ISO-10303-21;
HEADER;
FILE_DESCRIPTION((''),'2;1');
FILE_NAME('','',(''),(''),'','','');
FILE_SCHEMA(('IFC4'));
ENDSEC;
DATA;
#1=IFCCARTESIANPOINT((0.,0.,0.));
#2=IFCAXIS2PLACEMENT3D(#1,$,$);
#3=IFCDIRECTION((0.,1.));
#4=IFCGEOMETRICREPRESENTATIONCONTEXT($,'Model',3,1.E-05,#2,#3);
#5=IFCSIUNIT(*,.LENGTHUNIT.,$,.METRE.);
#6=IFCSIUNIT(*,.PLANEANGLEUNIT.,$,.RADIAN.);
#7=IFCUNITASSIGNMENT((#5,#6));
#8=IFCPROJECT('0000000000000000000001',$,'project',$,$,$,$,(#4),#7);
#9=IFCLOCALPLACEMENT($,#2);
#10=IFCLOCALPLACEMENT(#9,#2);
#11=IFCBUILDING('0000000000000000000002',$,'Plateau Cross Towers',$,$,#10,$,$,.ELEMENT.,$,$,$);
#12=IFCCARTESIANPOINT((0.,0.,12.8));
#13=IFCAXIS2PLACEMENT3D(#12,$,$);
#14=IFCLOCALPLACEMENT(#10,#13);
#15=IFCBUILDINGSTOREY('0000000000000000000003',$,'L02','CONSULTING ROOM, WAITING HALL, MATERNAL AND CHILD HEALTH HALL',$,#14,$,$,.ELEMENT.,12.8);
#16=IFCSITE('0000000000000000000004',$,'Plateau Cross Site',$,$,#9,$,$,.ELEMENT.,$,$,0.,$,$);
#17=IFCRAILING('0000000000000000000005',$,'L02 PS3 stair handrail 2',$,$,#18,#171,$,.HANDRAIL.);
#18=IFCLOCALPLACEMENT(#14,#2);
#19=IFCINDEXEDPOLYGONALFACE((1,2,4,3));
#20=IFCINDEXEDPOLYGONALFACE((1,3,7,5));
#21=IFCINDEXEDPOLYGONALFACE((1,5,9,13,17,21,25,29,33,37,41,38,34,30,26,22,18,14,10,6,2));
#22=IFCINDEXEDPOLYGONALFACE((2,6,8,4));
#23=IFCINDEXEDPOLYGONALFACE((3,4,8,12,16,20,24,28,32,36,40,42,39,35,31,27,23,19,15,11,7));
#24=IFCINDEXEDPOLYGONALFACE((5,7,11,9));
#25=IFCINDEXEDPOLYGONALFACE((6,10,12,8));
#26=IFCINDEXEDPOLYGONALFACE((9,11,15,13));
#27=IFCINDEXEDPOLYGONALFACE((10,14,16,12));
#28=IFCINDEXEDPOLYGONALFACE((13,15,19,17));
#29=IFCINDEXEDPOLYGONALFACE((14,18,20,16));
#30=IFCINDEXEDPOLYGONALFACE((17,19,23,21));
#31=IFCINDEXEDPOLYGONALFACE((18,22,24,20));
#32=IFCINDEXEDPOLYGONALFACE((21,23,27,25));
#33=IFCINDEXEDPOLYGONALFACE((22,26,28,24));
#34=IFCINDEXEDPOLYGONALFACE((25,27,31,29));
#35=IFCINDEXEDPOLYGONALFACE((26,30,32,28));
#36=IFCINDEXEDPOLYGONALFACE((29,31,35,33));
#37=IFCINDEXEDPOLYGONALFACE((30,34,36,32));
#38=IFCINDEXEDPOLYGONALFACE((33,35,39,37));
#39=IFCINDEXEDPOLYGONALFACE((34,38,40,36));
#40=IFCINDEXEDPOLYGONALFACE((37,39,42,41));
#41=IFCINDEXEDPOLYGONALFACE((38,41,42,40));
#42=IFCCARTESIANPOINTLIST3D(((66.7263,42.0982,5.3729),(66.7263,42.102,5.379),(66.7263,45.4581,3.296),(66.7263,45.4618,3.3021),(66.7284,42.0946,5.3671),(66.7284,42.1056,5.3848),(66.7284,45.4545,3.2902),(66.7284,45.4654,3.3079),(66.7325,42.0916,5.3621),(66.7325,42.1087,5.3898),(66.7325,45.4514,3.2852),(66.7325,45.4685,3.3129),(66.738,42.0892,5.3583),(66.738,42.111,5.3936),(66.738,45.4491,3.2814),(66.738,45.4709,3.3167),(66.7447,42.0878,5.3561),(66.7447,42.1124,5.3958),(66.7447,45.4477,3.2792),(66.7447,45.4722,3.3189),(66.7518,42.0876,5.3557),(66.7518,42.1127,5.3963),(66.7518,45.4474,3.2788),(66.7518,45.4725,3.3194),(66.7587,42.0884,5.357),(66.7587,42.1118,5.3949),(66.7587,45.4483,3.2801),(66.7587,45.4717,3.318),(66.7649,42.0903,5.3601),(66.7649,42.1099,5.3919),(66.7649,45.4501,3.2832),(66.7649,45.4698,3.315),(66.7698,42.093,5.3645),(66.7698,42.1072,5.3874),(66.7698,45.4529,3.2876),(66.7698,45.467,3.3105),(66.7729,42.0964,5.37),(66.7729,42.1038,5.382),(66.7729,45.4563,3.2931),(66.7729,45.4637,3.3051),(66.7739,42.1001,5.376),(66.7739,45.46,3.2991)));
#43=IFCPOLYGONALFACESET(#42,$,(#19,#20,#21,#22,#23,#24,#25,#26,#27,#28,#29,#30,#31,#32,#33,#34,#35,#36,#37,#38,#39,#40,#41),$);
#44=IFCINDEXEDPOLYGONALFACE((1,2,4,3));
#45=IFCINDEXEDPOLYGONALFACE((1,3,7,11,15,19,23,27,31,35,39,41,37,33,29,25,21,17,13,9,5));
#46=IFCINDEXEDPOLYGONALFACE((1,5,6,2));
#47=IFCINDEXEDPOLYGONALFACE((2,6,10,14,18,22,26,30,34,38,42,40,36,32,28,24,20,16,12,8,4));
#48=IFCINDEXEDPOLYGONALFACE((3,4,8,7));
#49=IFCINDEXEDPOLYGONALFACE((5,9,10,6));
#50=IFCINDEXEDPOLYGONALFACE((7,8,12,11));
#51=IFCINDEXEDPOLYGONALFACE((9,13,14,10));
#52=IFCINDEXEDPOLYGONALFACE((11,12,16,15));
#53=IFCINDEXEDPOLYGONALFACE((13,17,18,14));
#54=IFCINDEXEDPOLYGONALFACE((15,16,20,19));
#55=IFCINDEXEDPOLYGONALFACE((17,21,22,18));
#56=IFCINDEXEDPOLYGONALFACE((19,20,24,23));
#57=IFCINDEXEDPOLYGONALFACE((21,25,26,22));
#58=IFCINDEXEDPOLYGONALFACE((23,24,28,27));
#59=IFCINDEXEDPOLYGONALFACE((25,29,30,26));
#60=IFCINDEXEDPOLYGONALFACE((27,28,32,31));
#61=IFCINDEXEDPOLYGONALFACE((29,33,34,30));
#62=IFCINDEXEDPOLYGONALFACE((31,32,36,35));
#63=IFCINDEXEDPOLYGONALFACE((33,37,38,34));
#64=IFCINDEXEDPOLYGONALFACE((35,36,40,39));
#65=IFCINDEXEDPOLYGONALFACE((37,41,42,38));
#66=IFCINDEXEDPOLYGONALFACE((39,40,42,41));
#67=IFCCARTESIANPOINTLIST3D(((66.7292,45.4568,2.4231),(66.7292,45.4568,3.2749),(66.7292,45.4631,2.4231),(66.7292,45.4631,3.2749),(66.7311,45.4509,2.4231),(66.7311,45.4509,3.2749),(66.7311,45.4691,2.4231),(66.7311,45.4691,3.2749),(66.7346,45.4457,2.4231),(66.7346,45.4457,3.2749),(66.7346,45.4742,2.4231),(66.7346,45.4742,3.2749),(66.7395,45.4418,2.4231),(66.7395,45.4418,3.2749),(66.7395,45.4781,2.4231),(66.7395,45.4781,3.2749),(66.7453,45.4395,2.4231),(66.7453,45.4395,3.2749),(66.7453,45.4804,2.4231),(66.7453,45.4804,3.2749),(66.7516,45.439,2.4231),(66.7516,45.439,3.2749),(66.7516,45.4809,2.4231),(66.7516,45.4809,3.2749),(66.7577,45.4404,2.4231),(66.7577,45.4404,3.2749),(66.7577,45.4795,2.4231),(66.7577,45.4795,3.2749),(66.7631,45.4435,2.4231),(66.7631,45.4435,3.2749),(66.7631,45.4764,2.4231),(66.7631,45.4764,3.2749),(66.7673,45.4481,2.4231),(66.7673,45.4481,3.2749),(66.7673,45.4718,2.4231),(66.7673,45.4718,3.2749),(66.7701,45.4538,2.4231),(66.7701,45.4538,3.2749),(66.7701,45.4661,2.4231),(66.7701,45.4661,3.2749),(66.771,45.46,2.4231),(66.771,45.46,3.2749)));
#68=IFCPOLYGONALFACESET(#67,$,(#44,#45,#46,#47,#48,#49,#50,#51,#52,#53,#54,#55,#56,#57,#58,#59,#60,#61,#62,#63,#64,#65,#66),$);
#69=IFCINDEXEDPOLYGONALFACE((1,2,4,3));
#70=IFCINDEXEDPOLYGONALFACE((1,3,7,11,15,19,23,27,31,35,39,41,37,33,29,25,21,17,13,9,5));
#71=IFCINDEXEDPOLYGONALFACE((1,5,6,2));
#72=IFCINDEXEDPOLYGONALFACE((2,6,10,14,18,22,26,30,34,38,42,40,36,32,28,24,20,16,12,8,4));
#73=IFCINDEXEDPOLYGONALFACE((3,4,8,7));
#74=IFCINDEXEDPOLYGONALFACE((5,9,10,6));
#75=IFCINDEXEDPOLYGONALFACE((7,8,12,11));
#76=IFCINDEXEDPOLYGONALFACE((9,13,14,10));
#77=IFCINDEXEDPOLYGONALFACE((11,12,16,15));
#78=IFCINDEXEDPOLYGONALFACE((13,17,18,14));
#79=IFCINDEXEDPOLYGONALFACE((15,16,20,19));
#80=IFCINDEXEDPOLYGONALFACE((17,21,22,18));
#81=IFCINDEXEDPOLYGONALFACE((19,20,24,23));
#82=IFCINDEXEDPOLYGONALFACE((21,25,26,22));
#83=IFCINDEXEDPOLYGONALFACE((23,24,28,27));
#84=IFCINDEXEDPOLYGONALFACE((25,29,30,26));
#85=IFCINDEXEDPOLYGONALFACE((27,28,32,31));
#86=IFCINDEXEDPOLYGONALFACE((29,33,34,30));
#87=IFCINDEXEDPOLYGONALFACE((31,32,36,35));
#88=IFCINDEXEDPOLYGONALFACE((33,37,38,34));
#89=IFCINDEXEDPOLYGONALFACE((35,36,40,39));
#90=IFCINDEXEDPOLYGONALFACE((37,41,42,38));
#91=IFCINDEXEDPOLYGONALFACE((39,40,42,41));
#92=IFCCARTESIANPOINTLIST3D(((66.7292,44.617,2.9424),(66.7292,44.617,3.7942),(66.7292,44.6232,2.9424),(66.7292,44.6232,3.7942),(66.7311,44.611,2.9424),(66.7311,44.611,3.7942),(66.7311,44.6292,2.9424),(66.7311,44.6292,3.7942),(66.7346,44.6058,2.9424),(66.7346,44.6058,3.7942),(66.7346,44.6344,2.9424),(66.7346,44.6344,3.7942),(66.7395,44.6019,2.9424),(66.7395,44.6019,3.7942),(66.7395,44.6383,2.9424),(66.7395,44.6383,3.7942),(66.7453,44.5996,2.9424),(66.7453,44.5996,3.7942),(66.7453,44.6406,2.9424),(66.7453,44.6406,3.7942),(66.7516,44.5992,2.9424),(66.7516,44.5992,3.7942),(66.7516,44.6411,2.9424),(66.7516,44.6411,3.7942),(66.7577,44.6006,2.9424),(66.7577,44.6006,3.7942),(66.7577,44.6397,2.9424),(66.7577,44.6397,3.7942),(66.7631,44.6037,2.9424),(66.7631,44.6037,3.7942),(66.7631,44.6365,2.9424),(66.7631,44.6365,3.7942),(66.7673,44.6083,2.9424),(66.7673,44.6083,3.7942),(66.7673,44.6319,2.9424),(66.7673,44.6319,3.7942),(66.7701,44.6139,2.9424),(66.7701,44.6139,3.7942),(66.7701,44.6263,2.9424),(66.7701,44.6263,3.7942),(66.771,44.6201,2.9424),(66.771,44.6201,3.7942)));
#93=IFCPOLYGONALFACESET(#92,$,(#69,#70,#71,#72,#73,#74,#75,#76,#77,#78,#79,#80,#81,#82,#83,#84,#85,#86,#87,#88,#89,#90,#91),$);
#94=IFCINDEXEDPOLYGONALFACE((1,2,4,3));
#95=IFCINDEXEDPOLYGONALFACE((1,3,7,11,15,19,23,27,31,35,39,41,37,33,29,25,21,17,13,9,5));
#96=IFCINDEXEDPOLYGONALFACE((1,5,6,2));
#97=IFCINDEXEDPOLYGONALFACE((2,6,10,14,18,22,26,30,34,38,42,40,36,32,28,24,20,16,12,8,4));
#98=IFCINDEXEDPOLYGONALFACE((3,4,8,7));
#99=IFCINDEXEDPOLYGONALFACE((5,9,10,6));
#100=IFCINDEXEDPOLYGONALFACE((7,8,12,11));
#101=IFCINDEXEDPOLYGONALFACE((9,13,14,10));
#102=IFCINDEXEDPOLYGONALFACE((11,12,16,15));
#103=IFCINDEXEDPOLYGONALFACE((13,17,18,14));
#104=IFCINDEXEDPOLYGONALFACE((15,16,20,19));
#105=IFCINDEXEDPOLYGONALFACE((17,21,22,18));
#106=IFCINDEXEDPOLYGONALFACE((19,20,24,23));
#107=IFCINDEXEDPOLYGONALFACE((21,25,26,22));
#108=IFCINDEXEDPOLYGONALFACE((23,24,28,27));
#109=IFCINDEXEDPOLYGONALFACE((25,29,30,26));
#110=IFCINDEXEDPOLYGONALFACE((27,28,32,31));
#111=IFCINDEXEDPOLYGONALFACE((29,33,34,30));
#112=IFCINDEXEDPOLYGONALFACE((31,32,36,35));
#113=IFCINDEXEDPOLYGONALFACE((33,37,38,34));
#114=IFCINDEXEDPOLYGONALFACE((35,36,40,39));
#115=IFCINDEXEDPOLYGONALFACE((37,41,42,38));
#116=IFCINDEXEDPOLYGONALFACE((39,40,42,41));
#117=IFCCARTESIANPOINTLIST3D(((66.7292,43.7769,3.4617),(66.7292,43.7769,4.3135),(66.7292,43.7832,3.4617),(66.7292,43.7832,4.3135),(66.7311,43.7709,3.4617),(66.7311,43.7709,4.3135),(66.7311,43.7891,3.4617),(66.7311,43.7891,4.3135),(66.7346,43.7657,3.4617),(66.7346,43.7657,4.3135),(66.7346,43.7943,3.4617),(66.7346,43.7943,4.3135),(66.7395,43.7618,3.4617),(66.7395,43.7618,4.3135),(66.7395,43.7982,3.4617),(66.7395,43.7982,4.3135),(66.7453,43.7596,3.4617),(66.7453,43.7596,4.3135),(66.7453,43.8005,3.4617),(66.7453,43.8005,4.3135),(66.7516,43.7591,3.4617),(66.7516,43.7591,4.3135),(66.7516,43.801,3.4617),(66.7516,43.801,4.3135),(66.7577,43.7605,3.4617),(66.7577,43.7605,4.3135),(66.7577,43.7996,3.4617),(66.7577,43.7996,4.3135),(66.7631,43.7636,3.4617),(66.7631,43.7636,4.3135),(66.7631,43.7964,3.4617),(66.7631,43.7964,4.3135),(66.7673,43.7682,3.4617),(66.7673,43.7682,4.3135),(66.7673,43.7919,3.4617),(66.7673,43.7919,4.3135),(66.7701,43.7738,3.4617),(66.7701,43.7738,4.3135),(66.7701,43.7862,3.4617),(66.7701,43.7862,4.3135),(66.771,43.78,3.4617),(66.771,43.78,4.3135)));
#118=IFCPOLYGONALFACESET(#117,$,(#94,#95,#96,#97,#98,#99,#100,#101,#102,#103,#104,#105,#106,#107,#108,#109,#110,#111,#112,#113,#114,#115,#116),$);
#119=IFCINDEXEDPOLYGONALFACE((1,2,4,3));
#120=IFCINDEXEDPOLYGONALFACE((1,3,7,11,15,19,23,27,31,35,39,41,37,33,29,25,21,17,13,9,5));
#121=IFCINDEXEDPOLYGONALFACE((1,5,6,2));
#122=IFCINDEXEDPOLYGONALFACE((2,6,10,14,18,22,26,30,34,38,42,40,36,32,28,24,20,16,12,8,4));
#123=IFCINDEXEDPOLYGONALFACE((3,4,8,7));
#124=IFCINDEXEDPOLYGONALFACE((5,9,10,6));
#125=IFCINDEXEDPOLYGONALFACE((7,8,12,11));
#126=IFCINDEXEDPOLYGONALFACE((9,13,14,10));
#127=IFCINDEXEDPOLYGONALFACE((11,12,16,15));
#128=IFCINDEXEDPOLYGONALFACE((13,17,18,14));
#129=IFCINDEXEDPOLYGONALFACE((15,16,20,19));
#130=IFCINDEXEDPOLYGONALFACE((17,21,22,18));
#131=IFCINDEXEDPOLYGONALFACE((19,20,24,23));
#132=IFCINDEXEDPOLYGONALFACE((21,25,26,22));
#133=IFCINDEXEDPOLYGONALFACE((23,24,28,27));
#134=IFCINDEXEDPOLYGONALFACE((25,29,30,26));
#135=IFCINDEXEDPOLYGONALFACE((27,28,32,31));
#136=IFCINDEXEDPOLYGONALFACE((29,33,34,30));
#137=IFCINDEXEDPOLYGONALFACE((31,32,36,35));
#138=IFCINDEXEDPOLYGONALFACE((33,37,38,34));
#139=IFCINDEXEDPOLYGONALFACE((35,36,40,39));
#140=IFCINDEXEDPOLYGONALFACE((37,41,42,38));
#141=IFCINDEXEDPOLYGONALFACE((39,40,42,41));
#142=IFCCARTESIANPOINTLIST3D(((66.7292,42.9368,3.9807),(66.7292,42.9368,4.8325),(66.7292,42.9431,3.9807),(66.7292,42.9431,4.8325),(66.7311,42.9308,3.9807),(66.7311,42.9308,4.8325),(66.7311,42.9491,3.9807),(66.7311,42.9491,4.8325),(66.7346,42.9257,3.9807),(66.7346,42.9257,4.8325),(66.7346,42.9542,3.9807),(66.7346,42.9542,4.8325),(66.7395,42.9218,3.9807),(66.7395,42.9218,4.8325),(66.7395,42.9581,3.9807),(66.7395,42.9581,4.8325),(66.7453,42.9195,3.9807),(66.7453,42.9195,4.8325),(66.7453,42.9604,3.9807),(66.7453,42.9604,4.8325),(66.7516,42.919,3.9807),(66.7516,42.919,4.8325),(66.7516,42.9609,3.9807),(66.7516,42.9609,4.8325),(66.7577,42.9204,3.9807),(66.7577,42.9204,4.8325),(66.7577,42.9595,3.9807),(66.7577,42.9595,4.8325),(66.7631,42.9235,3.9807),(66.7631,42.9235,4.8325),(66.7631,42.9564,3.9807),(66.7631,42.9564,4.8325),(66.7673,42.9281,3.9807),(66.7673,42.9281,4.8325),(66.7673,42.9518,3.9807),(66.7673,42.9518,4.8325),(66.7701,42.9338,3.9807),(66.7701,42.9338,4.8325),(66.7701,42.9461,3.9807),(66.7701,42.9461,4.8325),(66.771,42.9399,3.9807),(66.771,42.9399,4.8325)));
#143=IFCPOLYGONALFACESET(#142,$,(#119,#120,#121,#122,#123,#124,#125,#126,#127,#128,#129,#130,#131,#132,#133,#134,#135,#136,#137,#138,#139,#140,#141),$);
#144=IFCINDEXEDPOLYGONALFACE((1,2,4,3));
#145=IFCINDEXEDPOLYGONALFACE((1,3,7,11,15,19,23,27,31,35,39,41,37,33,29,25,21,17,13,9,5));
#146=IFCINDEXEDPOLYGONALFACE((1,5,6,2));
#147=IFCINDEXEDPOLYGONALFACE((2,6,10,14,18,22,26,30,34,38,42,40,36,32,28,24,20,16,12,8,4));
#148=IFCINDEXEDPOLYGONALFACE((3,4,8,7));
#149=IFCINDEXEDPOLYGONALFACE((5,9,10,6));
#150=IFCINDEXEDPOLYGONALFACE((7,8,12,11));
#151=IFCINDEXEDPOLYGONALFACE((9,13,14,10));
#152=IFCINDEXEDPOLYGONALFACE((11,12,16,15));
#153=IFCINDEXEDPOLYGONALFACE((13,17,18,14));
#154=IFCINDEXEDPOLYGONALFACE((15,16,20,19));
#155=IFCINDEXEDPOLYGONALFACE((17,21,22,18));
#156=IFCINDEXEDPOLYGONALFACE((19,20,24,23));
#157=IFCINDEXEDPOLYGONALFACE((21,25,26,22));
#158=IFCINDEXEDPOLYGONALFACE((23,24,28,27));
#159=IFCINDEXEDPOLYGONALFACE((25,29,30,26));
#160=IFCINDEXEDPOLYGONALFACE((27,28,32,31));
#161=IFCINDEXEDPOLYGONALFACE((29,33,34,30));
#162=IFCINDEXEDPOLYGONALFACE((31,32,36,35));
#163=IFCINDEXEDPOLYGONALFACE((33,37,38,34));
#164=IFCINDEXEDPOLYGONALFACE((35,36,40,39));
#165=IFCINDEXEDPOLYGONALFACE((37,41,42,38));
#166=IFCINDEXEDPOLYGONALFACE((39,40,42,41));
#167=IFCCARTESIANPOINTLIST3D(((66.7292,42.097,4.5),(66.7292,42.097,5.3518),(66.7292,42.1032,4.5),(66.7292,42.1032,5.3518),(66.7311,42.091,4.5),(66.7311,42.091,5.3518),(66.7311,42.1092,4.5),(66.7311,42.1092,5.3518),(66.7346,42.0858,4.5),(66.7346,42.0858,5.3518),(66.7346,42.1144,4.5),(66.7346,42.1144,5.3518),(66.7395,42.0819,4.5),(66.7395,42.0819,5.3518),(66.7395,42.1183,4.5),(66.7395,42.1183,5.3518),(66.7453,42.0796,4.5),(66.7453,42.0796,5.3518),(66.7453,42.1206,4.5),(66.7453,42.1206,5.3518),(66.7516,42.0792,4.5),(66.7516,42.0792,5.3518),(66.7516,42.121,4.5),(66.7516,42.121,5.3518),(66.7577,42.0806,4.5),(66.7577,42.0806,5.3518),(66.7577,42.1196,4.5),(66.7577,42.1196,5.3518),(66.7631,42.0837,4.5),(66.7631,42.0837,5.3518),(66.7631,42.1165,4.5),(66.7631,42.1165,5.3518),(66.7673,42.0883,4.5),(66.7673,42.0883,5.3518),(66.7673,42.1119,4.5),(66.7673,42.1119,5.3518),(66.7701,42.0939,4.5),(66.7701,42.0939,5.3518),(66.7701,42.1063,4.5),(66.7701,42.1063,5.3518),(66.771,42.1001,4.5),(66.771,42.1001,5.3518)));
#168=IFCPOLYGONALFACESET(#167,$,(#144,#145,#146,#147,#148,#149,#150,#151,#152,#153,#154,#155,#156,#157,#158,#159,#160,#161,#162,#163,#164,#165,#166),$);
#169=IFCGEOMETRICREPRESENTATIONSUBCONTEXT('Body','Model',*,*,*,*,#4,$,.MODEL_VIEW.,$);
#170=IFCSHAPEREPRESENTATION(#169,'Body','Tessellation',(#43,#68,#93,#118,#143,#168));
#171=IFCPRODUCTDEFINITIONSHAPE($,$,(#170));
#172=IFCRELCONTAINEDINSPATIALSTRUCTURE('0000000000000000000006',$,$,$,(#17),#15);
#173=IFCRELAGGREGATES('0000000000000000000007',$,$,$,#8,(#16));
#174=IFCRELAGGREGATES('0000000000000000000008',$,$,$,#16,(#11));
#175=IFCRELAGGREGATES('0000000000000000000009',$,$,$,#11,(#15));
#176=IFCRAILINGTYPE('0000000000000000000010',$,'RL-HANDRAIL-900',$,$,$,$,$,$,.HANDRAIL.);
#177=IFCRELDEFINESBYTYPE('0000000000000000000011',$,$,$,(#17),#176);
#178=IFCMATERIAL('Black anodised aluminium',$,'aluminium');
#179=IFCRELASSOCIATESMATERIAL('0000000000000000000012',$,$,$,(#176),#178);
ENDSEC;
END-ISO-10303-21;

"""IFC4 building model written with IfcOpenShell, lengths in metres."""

from ifc_helpers import new_model, si_unit, direction, frame, origin, origin_2d, place, context, subcontext, project, spatial, circle, extrude, material, type_object, element, save


model = new_model("IFC4")

# Units and contexts
model_context = context("Model", 3, precision=1e-05, world=origin(), true_north=direction((0.0, 1.0)))
body_context = subcontext(model_context, "Body", "Model", "MODEL_VIEW")
ifc_project = project(units=[si_unit("LENGTHUNIT", "METRE"), si_unit("PLANEANGLEUNIT", "RADIAN")], contexts=[model_context])

# Site, building, storey
site_placement = place(None, origin())
site = spatial("IfcSite", under=ifc_project, at=site_placement, Name="Plateau Cross Site", CompositionType="ELEMENT", RefElevation=0.0)
building_placement = place(site_placement, origin())
building = spatial("IfcBuilding", under=site, at=building_placement, Name="Plateau Cross Towers", CompositionType="ELEMENT")
storey_placement = place(building_placement, frame((0.0, 0.0, 12.8)))
storey = spatial("IfcBuildingStorey", under=building, at=storey_placement, Name="L02", Description="CONSULTING ROOM, WAITING HALL, MATERNAL AND CHILD HEALTH HALL", CompositionType="ELEMENT", Elevation=12.8)

# Shared definitions
ifc_material_1 = material(Name="Black anodised aluminium", Category="aluminium")

# Railing
railing_type_1 = type_object("IfcRailingType", Name="RL-HANDRAIL-900", PredefinedType="HANDRAIL", material=ifc_material_1)
railing_1_placement = place(storey_placement, frame((66.75, 45.46, 2.4231)))
element("IfcRailing", 1, at=railing_1_placement, inside=storey, type_object=railing_type_1, Name="L02 PS3 stair handrail 2", PredefinedType="HANDRAIL", context=body_context, shape_type="SweptSolid", body=[
    extrude(circle(Radius=0.0239, at=origin_2d()), frame((0.0, 0.0, 0.876), z_axis=(0.0, -0.850606, 0.525803), x_axis=(1.0, 0.0, 0.0)), (0.0, 0.0, 1.0), 3.95),
    extrude(circle(Radius=0.021, at=origin_2d()), origin(), (0.0, 0.0, 1.0), 0.8518),
    extrude(circle(Radius=0.021, at=origin_2d()), frame((0.0, -0.8398, 0.5193)), (0.0, 0.0, 1.0), 0.8518),
    extrude(circle(Radius=0.021, at=origin_2d()), frame((0.0, -1.6799, 1.0386)), (0.0, 0.0, 1.0), 0.8518),
    extrude(circle(Radius=0.021, at=origin_2d()), frame((0.0, -2.52, 1.5576)), (0.0, 0.0, 1.0), 0.8518),
    extrude(circle(Radius=0.021, at=origin_2d()), frame((0.0, -3.3599, 2.0769)), (0.0, 0.0, 1.0), 0.8518),
])

save(model, "model.ifc")
